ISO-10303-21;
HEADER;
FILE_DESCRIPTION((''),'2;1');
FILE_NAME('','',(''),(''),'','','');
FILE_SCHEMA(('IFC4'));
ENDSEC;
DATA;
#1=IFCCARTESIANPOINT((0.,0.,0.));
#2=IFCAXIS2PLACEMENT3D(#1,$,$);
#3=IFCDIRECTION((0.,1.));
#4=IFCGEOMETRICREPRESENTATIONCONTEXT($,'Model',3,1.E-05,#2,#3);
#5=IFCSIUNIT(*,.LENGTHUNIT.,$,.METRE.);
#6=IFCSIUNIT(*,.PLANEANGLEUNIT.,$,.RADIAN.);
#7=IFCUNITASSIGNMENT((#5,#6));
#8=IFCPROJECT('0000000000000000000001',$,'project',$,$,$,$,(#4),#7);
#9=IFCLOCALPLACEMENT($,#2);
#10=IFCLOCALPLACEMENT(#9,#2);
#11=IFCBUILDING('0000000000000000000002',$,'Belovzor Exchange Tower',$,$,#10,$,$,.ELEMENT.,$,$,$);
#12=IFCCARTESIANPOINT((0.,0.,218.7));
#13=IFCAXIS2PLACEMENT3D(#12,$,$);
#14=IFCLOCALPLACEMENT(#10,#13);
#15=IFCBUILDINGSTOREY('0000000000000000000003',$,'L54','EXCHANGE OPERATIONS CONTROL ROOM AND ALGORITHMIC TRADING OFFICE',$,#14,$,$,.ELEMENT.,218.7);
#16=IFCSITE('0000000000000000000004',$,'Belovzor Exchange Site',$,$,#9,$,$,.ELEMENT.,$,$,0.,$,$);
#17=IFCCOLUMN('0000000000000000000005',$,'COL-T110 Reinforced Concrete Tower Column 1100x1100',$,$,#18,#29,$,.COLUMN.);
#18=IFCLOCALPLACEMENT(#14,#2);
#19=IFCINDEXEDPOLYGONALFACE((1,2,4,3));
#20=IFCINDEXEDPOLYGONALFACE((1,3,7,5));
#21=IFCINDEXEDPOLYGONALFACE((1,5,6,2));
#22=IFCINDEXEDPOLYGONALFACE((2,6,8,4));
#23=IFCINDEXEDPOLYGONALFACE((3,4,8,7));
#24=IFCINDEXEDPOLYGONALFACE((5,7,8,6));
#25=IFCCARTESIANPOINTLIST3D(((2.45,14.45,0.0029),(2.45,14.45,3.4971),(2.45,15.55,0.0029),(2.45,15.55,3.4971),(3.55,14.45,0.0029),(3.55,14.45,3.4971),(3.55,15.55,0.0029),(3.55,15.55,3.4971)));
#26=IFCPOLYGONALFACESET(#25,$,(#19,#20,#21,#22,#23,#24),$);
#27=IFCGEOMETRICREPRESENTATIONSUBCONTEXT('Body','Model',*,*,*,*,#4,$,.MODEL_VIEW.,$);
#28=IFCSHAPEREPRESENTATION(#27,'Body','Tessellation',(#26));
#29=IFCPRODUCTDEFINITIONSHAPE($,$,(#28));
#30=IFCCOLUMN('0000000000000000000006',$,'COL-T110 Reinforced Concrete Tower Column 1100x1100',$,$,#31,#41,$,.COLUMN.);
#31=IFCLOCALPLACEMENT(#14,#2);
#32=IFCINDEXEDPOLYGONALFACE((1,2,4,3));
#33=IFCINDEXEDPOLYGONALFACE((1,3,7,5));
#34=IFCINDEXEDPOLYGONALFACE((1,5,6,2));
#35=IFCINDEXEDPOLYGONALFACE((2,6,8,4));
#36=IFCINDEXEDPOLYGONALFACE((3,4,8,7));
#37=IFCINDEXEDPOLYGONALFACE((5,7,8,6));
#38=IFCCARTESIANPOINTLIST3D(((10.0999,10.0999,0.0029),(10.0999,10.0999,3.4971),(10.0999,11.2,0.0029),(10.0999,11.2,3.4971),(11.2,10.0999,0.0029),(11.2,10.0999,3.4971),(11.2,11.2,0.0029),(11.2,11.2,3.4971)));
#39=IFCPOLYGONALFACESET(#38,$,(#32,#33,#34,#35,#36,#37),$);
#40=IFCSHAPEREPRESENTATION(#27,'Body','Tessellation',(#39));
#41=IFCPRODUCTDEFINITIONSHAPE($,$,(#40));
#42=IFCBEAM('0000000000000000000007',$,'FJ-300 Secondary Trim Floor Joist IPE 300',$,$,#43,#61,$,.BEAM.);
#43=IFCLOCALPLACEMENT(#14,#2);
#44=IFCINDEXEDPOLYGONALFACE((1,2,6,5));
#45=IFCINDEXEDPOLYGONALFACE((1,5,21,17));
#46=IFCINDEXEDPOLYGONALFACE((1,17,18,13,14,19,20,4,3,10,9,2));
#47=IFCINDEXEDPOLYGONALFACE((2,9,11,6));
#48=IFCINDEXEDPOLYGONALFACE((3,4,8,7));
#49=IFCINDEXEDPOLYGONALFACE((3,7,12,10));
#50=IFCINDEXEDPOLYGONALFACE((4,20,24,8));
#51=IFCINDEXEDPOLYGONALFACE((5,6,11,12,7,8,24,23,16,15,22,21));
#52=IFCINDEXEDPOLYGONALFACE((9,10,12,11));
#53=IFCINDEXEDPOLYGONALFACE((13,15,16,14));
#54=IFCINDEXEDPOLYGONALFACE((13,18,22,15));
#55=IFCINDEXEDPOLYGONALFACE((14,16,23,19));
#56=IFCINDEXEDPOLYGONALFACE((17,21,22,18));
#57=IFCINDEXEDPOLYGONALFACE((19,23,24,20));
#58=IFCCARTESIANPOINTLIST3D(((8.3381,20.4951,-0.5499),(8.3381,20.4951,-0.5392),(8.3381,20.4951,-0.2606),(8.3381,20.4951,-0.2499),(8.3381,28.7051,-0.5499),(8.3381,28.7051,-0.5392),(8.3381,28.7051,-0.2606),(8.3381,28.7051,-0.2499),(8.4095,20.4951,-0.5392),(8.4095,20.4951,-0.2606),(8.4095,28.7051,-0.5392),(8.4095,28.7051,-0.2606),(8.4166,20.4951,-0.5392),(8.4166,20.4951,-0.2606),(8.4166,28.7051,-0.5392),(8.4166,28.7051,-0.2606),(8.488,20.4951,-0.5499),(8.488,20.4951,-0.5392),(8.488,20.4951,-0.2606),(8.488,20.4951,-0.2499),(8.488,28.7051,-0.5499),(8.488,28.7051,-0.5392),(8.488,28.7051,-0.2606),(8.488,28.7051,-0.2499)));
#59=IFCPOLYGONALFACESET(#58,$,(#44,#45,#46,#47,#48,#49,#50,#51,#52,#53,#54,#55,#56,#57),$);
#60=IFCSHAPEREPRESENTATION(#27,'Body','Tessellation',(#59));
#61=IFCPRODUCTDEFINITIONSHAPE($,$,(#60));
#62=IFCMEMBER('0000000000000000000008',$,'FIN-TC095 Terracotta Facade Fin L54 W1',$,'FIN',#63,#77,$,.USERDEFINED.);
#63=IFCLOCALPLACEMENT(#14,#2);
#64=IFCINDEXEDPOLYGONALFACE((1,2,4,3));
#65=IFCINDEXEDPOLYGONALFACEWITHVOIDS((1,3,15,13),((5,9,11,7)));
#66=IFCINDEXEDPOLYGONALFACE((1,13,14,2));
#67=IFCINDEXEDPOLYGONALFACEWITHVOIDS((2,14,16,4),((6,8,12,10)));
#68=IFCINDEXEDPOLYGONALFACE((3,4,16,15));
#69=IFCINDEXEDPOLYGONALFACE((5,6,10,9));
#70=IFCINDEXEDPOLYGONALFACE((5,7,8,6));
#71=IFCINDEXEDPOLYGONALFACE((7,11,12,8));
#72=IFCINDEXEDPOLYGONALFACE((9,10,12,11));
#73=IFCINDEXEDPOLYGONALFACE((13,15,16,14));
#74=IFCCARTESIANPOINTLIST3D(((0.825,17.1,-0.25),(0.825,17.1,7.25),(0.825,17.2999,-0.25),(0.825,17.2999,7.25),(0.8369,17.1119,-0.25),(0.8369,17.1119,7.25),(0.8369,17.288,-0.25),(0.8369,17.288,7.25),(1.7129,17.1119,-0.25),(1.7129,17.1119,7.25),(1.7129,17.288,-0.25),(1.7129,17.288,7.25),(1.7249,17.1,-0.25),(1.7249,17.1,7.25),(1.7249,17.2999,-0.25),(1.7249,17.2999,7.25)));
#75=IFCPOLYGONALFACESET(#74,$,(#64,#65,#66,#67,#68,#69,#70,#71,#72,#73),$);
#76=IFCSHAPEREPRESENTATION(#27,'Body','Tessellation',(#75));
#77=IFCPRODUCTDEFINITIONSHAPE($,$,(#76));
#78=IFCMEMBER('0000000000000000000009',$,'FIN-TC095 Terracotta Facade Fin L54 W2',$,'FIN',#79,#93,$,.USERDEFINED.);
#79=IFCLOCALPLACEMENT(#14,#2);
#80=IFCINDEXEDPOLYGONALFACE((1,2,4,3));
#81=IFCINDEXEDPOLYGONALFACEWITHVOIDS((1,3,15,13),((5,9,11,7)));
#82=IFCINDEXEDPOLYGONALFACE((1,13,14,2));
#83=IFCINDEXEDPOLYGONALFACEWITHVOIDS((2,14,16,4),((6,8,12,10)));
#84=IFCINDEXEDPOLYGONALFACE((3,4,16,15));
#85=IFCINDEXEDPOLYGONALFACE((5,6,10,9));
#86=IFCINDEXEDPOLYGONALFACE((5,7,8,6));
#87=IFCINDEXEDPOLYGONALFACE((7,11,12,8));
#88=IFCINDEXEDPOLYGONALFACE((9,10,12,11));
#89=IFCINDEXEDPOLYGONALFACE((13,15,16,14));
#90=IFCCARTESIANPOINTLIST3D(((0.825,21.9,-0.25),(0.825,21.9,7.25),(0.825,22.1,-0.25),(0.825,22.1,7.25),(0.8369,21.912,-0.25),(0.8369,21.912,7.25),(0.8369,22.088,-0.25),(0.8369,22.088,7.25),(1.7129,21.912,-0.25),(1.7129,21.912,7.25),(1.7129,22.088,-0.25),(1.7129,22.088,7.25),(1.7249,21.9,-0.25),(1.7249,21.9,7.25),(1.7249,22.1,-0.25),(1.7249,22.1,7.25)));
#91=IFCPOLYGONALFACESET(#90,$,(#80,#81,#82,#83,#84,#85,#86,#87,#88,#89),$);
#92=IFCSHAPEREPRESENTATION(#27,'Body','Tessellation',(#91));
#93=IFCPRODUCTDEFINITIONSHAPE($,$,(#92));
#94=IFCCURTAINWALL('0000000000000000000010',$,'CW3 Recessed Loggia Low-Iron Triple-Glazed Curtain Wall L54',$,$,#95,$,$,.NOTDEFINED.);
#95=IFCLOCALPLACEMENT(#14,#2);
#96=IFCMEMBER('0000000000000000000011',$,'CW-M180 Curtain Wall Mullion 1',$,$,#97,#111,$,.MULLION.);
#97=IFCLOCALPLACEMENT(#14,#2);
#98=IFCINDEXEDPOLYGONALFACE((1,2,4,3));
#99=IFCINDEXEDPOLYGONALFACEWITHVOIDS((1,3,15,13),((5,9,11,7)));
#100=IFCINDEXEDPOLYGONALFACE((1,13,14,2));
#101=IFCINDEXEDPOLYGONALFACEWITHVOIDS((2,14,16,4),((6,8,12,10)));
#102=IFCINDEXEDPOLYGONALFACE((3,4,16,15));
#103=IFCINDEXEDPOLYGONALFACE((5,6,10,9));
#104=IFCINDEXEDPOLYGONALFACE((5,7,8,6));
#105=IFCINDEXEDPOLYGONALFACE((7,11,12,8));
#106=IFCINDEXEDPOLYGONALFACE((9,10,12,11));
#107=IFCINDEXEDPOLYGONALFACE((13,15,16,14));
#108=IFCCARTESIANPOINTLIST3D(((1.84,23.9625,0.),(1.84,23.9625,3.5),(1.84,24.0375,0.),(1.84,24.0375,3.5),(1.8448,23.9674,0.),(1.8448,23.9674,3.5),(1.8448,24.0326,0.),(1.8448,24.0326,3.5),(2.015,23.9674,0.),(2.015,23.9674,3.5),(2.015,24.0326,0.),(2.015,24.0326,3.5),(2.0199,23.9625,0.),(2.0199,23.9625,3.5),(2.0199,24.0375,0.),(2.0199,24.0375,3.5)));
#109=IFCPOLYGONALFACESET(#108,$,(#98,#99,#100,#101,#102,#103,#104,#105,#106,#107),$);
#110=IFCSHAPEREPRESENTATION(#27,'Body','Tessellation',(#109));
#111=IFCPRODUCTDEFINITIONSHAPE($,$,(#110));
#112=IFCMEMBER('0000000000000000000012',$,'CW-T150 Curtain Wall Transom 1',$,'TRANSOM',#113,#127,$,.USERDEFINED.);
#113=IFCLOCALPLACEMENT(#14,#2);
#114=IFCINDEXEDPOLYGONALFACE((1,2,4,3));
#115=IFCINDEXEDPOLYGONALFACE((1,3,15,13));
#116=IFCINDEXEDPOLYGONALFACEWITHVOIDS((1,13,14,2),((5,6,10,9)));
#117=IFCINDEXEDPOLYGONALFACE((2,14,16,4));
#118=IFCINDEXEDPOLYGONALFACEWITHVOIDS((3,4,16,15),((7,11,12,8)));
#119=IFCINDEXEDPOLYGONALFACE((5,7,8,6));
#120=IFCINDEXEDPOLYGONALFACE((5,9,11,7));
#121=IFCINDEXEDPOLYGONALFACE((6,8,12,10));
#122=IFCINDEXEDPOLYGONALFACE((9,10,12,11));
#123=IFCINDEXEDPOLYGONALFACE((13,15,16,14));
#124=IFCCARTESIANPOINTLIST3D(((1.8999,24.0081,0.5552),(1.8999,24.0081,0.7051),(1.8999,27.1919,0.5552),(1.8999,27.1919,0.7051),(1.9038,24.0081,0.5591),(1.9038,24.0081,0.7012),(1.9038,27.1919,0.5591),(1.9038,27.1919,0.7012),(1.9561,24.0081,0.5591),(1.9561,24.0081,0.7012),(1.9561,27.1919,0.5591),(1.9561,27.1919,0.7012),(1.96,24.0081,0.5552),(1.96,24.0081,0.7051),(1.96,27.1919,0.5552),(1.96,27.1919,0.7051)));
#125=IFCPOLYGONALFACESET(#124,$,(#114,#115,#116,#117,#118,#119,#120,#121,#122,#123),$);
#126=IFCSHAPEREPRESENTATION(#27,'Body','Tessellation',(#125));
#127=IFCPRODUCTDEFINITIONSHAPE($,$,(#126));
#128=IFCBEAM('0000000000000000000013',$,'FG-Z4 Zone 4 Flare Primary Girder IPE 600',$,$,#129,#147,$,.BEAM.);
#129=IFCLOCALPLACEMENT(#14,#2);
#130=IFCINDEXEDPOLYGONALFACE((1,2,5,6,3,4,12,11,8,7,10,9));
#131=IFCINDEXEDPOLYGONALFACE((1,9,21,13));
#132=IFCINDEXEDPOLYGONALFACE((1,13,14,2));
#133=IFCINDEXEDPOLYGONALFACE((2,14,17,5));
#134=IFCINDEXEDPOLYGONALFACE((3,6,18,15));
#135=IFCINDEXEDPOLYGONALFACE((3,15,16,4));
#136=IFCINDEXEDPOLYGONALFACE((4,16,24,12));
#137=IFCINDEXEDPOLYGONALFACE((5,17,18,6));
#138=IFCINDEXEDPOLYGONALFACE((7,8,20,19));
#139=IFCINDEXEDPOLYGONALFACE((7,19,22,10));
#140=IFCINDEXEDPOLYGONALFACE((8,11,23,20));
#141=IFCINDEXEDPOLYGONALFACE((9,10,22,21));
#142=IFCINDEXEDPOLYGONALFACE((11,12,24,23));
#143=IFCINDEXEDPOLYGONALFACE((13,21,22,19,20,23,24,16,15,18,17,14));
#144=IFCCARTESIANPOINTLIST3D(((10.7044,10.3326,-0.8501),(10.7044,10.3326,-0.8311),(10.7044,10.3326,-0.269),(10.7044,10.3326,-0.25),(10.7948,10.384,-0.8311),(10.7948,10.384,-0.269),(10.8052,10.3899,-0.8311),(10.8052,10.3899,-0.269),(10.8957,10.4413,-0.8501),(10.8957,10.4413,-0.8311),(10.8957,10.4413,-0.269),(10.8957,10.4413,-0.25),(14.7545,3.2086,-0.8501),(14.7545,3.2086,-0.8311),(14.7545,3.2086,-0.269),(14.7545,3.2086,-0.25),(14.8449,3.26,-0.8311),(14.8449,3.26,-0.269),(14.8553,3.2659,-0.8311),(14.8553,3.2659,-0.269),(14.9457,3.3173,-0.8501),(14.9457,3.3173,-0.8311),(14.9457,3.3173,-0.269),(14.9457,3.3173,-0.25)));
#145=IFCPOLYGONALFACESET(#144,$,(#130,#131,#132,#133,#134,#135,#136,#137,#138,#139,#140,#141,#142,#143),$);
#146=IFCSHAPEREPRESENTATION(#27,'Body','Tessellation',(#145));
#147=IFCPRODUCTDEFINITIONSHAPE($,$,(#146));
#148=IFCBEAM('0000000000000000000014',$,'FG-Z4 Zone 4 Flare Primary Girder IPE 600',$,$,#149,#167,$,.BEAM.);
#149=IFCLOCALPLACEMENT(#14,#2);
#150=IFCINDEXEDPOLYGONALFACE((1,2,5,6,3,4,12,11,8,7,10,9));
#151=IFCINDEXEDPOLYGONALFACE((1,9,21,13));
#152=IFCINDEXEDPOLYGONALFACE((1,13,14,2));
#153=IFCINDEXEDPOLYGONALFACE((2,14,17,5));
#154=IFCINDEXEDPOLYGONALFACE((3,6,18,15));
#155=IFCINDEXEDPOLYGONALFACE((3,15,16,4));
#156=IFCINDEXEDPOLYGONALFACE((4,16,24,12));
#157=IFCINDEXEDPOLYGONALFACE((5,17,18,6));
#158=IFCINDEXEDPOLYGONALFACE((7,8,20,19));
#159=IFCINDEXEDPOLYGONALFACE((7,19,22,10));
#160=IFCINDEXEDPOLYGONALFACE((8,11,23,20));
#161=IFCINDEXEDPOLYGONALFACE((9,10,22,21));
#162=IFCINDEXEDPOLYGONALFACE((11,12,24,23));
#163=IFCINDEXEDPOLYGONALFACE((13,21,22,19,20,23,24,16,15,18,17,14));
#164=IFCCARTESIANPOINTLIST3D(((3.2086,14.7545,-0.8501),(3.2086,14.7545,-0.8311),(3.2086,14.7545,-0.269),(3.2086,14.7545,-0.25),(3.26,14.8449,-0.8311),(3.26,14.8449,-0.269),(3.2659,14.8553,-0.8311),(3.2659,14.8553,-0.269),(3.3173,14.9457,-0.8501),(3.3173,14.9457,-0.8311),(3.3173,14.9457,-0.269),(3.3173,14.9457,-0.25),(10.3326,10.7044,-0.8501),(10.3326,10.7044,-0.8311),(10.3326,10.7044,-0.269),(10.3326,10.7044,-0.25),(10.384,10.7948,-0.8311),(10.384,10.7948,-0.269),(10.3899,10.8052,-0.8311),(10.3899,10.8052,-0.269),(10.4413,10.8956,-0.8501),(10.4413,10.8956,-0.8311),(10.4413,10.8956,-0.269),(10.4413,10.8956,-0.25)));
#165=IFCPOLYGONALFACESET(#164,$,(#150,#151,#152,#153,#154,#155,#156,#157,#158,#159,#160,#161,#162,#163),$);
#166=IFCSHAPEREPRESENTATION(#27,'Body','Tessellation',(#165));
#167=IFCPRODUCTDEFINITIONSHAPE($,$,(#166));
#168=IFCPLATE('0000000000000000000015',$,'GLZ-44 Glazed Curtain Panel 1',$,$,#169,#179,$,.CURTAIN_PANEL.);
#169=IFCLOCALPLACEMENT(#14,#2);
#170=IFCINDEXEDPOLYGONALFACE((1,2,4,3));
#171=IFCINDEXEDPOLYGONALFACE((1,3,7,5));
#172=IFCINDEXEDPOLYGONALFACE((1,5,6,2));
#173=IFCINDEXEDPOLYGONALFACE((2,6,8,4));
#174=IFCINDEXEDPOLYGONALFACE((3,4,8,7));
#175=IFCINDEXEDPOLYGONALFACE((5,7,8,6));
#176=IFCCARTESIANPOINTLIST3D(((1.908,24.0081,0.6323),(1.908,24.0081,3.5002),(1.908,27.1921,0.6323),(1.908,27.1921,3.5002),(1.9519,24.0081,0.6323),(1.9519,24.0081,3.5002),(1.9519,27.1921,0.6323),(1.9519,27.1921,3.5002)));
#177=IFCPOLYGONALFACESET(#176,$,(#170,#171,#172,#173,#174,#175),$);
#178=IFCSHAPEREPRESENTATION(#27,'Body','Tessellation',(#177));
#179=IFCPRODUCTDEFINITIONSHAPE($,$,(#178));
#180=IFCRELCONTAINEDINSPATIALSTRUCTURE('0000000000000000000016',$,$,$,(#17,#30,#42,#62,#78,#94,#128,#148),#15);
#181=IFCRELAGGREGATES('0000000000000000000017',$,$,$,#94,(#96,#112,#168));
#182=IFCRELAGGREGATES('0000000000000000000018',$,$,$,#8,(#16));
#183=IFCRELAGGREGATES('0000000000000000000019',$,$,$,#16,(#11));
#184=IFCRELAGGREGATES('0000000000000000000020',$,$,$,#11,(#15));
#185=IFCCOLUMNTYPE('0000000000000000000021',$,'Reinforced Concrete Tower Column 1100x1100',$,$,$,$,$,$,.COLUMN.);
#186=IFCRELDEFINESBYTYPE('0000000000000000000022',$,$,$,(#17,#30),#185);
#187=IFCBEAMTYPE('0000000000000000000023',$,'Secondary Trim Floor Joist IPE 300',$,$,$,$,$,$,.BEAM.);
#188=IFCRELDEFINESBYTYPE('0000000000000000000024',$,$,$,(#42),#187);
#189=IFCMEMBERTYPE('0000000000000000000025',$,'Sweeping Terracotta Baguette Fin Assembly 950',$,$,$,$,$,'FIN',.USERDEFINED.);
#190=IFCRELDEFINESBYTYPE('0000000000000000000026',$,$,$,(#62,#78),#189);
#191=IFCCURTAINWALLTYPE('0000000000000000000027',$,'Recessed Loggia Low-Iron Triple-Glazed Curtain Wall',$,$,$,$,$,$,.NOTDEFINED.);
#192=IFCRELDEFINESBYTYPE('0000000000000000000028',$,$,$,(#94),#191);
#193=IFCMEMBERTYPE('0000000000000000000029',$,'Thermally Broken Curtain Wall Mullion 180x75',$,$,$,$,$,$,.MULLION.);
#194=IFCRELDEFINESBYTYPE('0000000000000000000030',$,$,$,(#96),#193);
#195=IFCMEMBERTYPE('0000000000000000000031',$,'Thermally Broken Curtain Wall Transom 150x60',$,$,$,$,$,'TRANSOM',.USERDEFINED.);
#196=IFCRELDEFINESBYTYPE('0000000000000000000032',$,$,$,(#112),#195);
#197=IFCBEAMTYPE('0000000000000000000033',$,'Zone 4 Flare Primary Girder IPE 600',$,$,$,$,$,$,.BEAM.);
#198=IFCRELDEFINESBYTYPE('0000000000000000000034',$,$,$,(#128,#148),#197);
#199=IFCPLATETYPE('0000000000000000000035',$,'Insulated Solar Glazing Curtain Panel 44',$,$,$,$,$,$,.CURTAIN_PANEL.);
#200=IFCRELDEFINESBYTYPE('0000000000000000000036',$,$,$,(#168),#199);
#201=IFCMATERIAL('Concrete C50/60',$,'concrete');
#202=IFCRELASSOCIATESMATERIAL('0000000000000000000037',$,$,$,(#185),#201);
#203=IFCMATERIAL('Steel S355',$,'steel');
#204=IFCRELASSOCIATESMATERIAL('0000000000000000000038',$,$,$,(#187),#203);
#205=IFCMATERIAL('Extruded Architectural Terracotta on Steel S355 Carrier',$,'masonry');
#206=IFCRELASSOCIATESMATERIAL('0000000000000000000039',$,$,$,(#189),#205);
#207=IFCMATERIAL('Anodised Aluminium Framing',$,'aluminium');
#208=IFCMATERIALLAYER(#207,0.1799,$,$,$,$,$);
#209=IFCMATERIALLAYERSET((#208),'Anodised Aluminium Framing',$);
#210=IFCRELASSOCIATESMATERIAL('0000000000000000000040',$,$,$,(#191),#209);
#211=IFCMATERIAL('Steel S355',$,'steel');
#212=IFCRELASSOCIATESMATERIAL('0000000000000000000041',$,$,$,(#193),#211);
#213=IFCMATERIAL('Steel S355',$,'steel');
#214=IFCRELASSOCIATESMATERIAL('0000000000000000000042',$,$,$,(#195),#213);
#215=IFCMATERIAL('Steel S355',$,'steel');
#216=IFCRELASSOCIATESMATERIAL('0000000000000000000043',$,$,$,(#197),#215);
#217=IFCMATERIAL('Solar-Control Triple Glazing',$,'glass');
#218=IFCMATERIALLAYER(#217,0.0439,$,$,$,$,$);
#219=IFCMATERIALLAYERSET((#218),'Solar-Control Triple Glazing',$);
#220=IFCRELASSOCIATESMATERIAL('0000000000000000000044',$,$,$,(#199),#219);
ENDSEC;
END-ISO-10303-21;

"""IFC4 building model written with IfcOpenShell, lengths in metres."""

from ifc_helpers import new_model, si_unit, direction, frame, origin, origin_2d, place, context, subcontext, project, spatial, rectangle, hollow_rectangle, i_section, extrude, material, layer, layer_set, material_profile, profile_set, type_object, element, aggregate, save


model = new_model("IFC4")

# Units and contexts
model_context = context("Model", 3, precision=1e-05, world=origin(), true_north=direction((0.0, 1.0)))
body_context = subcontext(model_context, "Body", "Model", "MODEL_VIEW")
ifc_project = project(units=[si_unit("LENGTHUNIT", "METRE"), si_unit("PLANEANGLEUNIT", "RADIAN")], contexts=[model_context])

# Site, building, storey
site_placement = place(None, origin())
site = spatial("IfcSite", under=ifc_project, at=site_placement, Name="Belovzor Exchange Site", CompositionType="ELEMENT", RefElevation=0.0)
building_placement = place(site_placement, origin())
building = spatial("IfcBuilding", under=site, at=building_placement, Name="Belovzor Exchange Tower", CompositionType="ELEMENT")
storey_placement = place(building_placement, frame((0.0, 0.0, 218.7)))
storey = spatial("IfcBuildingStorey", under=building, at=storey_placement, Name="L54", Description="EXCHANGE OPERATIONS CONTROL ROOM AND ALGORITHMIC TRADING OFFICE", CompositionType="ELEMENT", Elevation=218.7)

# Columns
ifc_material_1 = material(Name="Concrete C50/60", Category="concrete")
ifc_material_profile_1 = material_profile(ifc_material_1, rectangle(XDim=1.1001, YDim=1.1001, at=origin_2d()))
ifc_profile_set_1 = profile_set([ifc_material_profile_1], Name="Concrete C50/60")
column_type = type_object("IfcColumnType", Name="Reinforced Concrete Tower Column 1100x1100", PredefinedType="COLUMN", material=ifc_profile_set_1)
for number, where, z_axis, x_axis, name in (
    (1, (3.0, 15.0, 0.0029), (0.0, 0.0, 1.0), (1.0, 0.0, 0.0), "COL-T110 Reinforced Concrete Tower Column 1100x1100"),
    (2, (10.6499, 10.6499, 0.0029), (0.0, 0.0, 1.0), (1.0, 0.0, 0.0), "COL-T110 Reinforced Concrete Tower Column 1100x1100"),
):
    element("IfcColumn", number, at=place(storey_placement, frame(where, z_axis=z_axis, x_axis=x_axis)), inside=storey, type_object=column_type, Name=name, PredefinedType="COLUMN", context=body_context, shape_type="SweptSolid", body=[
        extrude(rectangle(XDim=1.1001, YDim=1.1001, at=origin_2d()), origin(), (0.0, 0.0, 1.0), 3.4941),
    ])

# Beam
ifc_material_2 = material(Name="Steel S355", Category="steel")
ifc_material_profile_2 = material_profile(ifc_material_2, i_section(OverallWidth=0.1499, OverallDepth=0.3, WebThickness=0.0071, FlangeThickness=0.0107, at=origin_2d()))
ifc_profile_set_2 = profile_set([ifc_material_profile_2], Name="Steel S355")
beam_type_1 = type_object("IfcBeamType", Name="Secondary Trim Floor Joist IPE 300", PredefinedType="BEAM", material=ifc_profile_set_2)
beam_placement = place(storey_placement, frame((8.4131, 20.4951, -0.3999), z_axis=(0.0, 1.0, 0.0), x_axis=(-1.0, 0.0, 0.0)))
element("IfcBeam", 3, at=beam_placement, inside=storey, type_object=beam_type_1, Name="FJ-300 Secondary Trim Floor Joist IPE 300", PredefinedType="BEAM", context=body_context, shape_type="SweptSolid", body=[
    extrude(i_section(OverallWidth=0.1499, OverallDepth=0.3, WebThickness=0.0071, FlangeThickness=0.0107, at=origin_2d()), origin(), (0.0, 0.0, 1.0), 8.21),
])

# Members
ifc_material_3 = material(Name="Extruded Architectural Terracotta on Steel S355 Carrier", Category="masonry")
ifc_material_profile_3 = material_profile(ifc_material_3, hollow_rectangle(XDim=0.2, YDim=0.8999, WallThickness=0.012, at=origin_2d()))
ifc_profile_set_3 = profile_set([ifc_material_profile_3], Name="Extruded Architectural Terracotta on Steel S355 Carrier")
member_type_1 = type_object("IfcMemberType", Name="Sweeping Terracotta Baguette Fin Assembly 950", ElementType="FIN", PredefinedType="USERDEFINED", material=ifc_profile_set_3)
for number, where, z_axis, x_axis, name in (
    (4, (1.2749, 17.2, -0.25), (0.0, 0.0, 1.0), (0.0, 1.0, 0.0), "FIN-TC095 Terracotta Facade Fin L54 W1"),
    (5, (1.2749, 22.0, -0.25), (0.0, 0.0, 1.0), (0.0, 1.0, 0.0), "FIN-TC095 Terracotta Facade Fin L54 W2"),
):
    element("IfcMember", number, at=place(storey_placement, frame(where, z_axis=z_axis, x_axis=x_axis)), inside=storey, type_object=member_type_1, Name=name, ObjectType="FIN", PredefinedType="USERDEFINED", context=body_context, shape_type="SweptSolid", body=[
        extrude(hollow_rectangle(XDim=0.2, YDim=0.8999, WallThickness=0.012, at=origin_2d()), origin(), (0.0, 0.0, 1.0), 7.5),
    ])

# Curtain wall, members
ifc_material_4 = material(Name="Anodised Aluminium Framing", Category="aluminium")
ifc_layer_1 = layer(ifc_material_4, 0.1799)
ifc_layer_set_1 = layer_set([ifc_layer_1], Name="Anodised Aluminium Framing")
curtain_wall_type = type_object("IfcCurtainWallType", Name="Recessed Loggia Low-Iron Triple-Glazed Curtain Wall", PredefinedType="NOTDEFINED", material=ifc_layer_set_1)
curtain_wall_placement = place(storey_placement, origin())
curtain_wall = element("IfcCurtainWall", 6, at=curtain_wall_placement, inside=storey, type_object=curtain_wall_type, Name="CW3 Recessed Loggia Low-Iron Triple-Glazed Curtain Wall L54", PredefinedType="NOTDEFINED")
ifc_material_5 = material(Name="Steel S355", Category="steel")
ifc_material_profile_4 = material_profile(ifc_material_5, hollow_rectangle(XDim=0.075, YDim=0.1799, WallThickness=0.0049, at=origin_2d()))
ifc_profile_set_4 = profile_set([ifc_material_profile_4], Name="Steel S355")
member_type_2 = type_object("IfcMemberType", Name="Thermally Broken Curtain Wall Mullion 180x75", PredefinedType="MULLION", material=ifc_profile_set_4)
member_1_placement = place(storey_placement, frame((1.9299, 24.0, 0.0), z_axis=(0.0, 0.0, 1.0), x_axis=(0.0, 1.0, 0.0)))
member_1 = element("IfcMember", 7, at=member_1_placement, type_object=member_type_2, Name="CW-M180 Curtain Wall Mullion 1", PredefinedType="MULLION", context=body_context, shape_type="SweptSolid", body=[
    extrude(hollow_rectangle(XDim=0.075, YDim=0.1799, WallThickness=0.0049, at=origin_2d()), origin(), (0.0, 0.0, 1.0), 3.5),
])
ifc_material_6 = material(Name="Steel S355", Category="steel")
ifc_material_profile_5 = material_profile(ifc_material_6, hollow_rectangle(XDim=0.0601, YDim=0.1499, WallThickness=0.0039, at=origin_2d()))
ifc_profile_set_5 = profile_set([ifc_material_profile_5], Name="Steel S355")
member_type_3 = type_object("IfcMemberType", Name="Thermally Broken Curtain Wall Transom 150x60", ElementType="TRANSOM", PredefinedType="USERDEFINED", material=ifc_profile_set_5)
member_2_placement = place(storey_placement, frame((1.9299, 24.0081, 0.6301), z_axis=(0.0, 1.0, 0.0), x_axis=(-1.0, 0.0, 0.0)))
member_2 = element("IfcMember", 8, at=member_2_placement, type_object=member_type_3, Name="CW-T150 Curtain Wall Transom 1", ObjectType="TRANSOM", PredefinedType="USERDEFINED", context=body_context, shape_type="SweptSolid", body=[
    extrude(hollow_rectangle(XDim=0.0601, YDim=0.1499, WallThickness=0.0039, at=origin_2d()), origin(), (0.0, 0.0, 1.0), 3.1838),
])

# Beams
ifc_material_7 = material(Name="Steel S355", Category="steel")
ifc_material_profile_6 = material_profile(ifc_material_7, i_section(OverallWidth=0.22, OverallDepth=0.6001, WebThickness=0.012, FlangeThickness=0.019, at=origin_2d()))
ifc_profile_set_6 = profile_set([ifc_material_profile_6], Name="Steel S355")
beam_type_2 = type_object("IfcBeamType", Name="Zone 4 Flare Primary Girder IPE 600", PredefinedType="BEAM", material=ifc_profile_set_6)
for number, where, z_axis, x_axis, name in (
    (9, (10.8, 10.387, -0.55), (0.494222, -0.869336, 0.0), (0.869336, 0.494222, 0.0), "FG-Z4 Zone 4 Flare Primary Girder IPE 600"),
    (10, (3.2629, 14.8501, -0.55), (0.869336, -0.494222, 0.0), (0.494222, 0.869336, 0.0), "FG-Z4 Zone 4 Flare Primary Girder IPE 600"),
):
    element("IfcBeam", number, at=place(storey_placement, frame(where, z_axis=z_axis, x_axis=x_axis)), inside=storey, type_object=beam_type_2, Name=name, PredefinedType="BEAM", context=body_context, shape_type="SweptSolid", body=[
        extrude(i_section(OverallWidth=0.22, OverallDepth=0.6001, WebThickness=0.012, FlangeThickness=0.019, at=origin_2d()), origin(), (0.0, 0.0, 1.0), 8.1948),
    ])

# Plate
ifc_material_8 = material(Name="Solar-Control Triple Glazing", Category="glass")
ifc_layer_2 = layer(ifc_material_8, 0.0439)
ifc_layer_set_2 = layer_set([ifc_layer_2], Name="Solar-Control Triple Glazing")
plate_type_1 = type_object("IfcPlateType", Name="Insulated Solar Glazing Curtain Panel 44", PredefinedType="CURTAIN_PANEL", material=ifc_layer_set_2)
plate_1_placement = place(storey_placement, frame((1.9299, 25.6001, 0.6323), z_axis=(0.0, 0.0, 1.0), x_axis=(0.0, 1.0, 0.0)))
plate_1 = element("IfcPlate", 11, at=plate_1_placement, type_object=plate_type_1, Name="GLZ-44 Glazed Curtain Panel 1", PredefinedType="CURTAIN_PANEL", context=body_context, shape_type="SweptSolid", body=[
    extrude(rectangle(XDim=3.1841, YDim=0.0439, at=origin_2d()), origin(), (0.0, 0.0, 1.0), 2.8679),
])

aggregate(curtain_wall, [member_1, member_2, plate_1])

save(model, "model.ifc")
